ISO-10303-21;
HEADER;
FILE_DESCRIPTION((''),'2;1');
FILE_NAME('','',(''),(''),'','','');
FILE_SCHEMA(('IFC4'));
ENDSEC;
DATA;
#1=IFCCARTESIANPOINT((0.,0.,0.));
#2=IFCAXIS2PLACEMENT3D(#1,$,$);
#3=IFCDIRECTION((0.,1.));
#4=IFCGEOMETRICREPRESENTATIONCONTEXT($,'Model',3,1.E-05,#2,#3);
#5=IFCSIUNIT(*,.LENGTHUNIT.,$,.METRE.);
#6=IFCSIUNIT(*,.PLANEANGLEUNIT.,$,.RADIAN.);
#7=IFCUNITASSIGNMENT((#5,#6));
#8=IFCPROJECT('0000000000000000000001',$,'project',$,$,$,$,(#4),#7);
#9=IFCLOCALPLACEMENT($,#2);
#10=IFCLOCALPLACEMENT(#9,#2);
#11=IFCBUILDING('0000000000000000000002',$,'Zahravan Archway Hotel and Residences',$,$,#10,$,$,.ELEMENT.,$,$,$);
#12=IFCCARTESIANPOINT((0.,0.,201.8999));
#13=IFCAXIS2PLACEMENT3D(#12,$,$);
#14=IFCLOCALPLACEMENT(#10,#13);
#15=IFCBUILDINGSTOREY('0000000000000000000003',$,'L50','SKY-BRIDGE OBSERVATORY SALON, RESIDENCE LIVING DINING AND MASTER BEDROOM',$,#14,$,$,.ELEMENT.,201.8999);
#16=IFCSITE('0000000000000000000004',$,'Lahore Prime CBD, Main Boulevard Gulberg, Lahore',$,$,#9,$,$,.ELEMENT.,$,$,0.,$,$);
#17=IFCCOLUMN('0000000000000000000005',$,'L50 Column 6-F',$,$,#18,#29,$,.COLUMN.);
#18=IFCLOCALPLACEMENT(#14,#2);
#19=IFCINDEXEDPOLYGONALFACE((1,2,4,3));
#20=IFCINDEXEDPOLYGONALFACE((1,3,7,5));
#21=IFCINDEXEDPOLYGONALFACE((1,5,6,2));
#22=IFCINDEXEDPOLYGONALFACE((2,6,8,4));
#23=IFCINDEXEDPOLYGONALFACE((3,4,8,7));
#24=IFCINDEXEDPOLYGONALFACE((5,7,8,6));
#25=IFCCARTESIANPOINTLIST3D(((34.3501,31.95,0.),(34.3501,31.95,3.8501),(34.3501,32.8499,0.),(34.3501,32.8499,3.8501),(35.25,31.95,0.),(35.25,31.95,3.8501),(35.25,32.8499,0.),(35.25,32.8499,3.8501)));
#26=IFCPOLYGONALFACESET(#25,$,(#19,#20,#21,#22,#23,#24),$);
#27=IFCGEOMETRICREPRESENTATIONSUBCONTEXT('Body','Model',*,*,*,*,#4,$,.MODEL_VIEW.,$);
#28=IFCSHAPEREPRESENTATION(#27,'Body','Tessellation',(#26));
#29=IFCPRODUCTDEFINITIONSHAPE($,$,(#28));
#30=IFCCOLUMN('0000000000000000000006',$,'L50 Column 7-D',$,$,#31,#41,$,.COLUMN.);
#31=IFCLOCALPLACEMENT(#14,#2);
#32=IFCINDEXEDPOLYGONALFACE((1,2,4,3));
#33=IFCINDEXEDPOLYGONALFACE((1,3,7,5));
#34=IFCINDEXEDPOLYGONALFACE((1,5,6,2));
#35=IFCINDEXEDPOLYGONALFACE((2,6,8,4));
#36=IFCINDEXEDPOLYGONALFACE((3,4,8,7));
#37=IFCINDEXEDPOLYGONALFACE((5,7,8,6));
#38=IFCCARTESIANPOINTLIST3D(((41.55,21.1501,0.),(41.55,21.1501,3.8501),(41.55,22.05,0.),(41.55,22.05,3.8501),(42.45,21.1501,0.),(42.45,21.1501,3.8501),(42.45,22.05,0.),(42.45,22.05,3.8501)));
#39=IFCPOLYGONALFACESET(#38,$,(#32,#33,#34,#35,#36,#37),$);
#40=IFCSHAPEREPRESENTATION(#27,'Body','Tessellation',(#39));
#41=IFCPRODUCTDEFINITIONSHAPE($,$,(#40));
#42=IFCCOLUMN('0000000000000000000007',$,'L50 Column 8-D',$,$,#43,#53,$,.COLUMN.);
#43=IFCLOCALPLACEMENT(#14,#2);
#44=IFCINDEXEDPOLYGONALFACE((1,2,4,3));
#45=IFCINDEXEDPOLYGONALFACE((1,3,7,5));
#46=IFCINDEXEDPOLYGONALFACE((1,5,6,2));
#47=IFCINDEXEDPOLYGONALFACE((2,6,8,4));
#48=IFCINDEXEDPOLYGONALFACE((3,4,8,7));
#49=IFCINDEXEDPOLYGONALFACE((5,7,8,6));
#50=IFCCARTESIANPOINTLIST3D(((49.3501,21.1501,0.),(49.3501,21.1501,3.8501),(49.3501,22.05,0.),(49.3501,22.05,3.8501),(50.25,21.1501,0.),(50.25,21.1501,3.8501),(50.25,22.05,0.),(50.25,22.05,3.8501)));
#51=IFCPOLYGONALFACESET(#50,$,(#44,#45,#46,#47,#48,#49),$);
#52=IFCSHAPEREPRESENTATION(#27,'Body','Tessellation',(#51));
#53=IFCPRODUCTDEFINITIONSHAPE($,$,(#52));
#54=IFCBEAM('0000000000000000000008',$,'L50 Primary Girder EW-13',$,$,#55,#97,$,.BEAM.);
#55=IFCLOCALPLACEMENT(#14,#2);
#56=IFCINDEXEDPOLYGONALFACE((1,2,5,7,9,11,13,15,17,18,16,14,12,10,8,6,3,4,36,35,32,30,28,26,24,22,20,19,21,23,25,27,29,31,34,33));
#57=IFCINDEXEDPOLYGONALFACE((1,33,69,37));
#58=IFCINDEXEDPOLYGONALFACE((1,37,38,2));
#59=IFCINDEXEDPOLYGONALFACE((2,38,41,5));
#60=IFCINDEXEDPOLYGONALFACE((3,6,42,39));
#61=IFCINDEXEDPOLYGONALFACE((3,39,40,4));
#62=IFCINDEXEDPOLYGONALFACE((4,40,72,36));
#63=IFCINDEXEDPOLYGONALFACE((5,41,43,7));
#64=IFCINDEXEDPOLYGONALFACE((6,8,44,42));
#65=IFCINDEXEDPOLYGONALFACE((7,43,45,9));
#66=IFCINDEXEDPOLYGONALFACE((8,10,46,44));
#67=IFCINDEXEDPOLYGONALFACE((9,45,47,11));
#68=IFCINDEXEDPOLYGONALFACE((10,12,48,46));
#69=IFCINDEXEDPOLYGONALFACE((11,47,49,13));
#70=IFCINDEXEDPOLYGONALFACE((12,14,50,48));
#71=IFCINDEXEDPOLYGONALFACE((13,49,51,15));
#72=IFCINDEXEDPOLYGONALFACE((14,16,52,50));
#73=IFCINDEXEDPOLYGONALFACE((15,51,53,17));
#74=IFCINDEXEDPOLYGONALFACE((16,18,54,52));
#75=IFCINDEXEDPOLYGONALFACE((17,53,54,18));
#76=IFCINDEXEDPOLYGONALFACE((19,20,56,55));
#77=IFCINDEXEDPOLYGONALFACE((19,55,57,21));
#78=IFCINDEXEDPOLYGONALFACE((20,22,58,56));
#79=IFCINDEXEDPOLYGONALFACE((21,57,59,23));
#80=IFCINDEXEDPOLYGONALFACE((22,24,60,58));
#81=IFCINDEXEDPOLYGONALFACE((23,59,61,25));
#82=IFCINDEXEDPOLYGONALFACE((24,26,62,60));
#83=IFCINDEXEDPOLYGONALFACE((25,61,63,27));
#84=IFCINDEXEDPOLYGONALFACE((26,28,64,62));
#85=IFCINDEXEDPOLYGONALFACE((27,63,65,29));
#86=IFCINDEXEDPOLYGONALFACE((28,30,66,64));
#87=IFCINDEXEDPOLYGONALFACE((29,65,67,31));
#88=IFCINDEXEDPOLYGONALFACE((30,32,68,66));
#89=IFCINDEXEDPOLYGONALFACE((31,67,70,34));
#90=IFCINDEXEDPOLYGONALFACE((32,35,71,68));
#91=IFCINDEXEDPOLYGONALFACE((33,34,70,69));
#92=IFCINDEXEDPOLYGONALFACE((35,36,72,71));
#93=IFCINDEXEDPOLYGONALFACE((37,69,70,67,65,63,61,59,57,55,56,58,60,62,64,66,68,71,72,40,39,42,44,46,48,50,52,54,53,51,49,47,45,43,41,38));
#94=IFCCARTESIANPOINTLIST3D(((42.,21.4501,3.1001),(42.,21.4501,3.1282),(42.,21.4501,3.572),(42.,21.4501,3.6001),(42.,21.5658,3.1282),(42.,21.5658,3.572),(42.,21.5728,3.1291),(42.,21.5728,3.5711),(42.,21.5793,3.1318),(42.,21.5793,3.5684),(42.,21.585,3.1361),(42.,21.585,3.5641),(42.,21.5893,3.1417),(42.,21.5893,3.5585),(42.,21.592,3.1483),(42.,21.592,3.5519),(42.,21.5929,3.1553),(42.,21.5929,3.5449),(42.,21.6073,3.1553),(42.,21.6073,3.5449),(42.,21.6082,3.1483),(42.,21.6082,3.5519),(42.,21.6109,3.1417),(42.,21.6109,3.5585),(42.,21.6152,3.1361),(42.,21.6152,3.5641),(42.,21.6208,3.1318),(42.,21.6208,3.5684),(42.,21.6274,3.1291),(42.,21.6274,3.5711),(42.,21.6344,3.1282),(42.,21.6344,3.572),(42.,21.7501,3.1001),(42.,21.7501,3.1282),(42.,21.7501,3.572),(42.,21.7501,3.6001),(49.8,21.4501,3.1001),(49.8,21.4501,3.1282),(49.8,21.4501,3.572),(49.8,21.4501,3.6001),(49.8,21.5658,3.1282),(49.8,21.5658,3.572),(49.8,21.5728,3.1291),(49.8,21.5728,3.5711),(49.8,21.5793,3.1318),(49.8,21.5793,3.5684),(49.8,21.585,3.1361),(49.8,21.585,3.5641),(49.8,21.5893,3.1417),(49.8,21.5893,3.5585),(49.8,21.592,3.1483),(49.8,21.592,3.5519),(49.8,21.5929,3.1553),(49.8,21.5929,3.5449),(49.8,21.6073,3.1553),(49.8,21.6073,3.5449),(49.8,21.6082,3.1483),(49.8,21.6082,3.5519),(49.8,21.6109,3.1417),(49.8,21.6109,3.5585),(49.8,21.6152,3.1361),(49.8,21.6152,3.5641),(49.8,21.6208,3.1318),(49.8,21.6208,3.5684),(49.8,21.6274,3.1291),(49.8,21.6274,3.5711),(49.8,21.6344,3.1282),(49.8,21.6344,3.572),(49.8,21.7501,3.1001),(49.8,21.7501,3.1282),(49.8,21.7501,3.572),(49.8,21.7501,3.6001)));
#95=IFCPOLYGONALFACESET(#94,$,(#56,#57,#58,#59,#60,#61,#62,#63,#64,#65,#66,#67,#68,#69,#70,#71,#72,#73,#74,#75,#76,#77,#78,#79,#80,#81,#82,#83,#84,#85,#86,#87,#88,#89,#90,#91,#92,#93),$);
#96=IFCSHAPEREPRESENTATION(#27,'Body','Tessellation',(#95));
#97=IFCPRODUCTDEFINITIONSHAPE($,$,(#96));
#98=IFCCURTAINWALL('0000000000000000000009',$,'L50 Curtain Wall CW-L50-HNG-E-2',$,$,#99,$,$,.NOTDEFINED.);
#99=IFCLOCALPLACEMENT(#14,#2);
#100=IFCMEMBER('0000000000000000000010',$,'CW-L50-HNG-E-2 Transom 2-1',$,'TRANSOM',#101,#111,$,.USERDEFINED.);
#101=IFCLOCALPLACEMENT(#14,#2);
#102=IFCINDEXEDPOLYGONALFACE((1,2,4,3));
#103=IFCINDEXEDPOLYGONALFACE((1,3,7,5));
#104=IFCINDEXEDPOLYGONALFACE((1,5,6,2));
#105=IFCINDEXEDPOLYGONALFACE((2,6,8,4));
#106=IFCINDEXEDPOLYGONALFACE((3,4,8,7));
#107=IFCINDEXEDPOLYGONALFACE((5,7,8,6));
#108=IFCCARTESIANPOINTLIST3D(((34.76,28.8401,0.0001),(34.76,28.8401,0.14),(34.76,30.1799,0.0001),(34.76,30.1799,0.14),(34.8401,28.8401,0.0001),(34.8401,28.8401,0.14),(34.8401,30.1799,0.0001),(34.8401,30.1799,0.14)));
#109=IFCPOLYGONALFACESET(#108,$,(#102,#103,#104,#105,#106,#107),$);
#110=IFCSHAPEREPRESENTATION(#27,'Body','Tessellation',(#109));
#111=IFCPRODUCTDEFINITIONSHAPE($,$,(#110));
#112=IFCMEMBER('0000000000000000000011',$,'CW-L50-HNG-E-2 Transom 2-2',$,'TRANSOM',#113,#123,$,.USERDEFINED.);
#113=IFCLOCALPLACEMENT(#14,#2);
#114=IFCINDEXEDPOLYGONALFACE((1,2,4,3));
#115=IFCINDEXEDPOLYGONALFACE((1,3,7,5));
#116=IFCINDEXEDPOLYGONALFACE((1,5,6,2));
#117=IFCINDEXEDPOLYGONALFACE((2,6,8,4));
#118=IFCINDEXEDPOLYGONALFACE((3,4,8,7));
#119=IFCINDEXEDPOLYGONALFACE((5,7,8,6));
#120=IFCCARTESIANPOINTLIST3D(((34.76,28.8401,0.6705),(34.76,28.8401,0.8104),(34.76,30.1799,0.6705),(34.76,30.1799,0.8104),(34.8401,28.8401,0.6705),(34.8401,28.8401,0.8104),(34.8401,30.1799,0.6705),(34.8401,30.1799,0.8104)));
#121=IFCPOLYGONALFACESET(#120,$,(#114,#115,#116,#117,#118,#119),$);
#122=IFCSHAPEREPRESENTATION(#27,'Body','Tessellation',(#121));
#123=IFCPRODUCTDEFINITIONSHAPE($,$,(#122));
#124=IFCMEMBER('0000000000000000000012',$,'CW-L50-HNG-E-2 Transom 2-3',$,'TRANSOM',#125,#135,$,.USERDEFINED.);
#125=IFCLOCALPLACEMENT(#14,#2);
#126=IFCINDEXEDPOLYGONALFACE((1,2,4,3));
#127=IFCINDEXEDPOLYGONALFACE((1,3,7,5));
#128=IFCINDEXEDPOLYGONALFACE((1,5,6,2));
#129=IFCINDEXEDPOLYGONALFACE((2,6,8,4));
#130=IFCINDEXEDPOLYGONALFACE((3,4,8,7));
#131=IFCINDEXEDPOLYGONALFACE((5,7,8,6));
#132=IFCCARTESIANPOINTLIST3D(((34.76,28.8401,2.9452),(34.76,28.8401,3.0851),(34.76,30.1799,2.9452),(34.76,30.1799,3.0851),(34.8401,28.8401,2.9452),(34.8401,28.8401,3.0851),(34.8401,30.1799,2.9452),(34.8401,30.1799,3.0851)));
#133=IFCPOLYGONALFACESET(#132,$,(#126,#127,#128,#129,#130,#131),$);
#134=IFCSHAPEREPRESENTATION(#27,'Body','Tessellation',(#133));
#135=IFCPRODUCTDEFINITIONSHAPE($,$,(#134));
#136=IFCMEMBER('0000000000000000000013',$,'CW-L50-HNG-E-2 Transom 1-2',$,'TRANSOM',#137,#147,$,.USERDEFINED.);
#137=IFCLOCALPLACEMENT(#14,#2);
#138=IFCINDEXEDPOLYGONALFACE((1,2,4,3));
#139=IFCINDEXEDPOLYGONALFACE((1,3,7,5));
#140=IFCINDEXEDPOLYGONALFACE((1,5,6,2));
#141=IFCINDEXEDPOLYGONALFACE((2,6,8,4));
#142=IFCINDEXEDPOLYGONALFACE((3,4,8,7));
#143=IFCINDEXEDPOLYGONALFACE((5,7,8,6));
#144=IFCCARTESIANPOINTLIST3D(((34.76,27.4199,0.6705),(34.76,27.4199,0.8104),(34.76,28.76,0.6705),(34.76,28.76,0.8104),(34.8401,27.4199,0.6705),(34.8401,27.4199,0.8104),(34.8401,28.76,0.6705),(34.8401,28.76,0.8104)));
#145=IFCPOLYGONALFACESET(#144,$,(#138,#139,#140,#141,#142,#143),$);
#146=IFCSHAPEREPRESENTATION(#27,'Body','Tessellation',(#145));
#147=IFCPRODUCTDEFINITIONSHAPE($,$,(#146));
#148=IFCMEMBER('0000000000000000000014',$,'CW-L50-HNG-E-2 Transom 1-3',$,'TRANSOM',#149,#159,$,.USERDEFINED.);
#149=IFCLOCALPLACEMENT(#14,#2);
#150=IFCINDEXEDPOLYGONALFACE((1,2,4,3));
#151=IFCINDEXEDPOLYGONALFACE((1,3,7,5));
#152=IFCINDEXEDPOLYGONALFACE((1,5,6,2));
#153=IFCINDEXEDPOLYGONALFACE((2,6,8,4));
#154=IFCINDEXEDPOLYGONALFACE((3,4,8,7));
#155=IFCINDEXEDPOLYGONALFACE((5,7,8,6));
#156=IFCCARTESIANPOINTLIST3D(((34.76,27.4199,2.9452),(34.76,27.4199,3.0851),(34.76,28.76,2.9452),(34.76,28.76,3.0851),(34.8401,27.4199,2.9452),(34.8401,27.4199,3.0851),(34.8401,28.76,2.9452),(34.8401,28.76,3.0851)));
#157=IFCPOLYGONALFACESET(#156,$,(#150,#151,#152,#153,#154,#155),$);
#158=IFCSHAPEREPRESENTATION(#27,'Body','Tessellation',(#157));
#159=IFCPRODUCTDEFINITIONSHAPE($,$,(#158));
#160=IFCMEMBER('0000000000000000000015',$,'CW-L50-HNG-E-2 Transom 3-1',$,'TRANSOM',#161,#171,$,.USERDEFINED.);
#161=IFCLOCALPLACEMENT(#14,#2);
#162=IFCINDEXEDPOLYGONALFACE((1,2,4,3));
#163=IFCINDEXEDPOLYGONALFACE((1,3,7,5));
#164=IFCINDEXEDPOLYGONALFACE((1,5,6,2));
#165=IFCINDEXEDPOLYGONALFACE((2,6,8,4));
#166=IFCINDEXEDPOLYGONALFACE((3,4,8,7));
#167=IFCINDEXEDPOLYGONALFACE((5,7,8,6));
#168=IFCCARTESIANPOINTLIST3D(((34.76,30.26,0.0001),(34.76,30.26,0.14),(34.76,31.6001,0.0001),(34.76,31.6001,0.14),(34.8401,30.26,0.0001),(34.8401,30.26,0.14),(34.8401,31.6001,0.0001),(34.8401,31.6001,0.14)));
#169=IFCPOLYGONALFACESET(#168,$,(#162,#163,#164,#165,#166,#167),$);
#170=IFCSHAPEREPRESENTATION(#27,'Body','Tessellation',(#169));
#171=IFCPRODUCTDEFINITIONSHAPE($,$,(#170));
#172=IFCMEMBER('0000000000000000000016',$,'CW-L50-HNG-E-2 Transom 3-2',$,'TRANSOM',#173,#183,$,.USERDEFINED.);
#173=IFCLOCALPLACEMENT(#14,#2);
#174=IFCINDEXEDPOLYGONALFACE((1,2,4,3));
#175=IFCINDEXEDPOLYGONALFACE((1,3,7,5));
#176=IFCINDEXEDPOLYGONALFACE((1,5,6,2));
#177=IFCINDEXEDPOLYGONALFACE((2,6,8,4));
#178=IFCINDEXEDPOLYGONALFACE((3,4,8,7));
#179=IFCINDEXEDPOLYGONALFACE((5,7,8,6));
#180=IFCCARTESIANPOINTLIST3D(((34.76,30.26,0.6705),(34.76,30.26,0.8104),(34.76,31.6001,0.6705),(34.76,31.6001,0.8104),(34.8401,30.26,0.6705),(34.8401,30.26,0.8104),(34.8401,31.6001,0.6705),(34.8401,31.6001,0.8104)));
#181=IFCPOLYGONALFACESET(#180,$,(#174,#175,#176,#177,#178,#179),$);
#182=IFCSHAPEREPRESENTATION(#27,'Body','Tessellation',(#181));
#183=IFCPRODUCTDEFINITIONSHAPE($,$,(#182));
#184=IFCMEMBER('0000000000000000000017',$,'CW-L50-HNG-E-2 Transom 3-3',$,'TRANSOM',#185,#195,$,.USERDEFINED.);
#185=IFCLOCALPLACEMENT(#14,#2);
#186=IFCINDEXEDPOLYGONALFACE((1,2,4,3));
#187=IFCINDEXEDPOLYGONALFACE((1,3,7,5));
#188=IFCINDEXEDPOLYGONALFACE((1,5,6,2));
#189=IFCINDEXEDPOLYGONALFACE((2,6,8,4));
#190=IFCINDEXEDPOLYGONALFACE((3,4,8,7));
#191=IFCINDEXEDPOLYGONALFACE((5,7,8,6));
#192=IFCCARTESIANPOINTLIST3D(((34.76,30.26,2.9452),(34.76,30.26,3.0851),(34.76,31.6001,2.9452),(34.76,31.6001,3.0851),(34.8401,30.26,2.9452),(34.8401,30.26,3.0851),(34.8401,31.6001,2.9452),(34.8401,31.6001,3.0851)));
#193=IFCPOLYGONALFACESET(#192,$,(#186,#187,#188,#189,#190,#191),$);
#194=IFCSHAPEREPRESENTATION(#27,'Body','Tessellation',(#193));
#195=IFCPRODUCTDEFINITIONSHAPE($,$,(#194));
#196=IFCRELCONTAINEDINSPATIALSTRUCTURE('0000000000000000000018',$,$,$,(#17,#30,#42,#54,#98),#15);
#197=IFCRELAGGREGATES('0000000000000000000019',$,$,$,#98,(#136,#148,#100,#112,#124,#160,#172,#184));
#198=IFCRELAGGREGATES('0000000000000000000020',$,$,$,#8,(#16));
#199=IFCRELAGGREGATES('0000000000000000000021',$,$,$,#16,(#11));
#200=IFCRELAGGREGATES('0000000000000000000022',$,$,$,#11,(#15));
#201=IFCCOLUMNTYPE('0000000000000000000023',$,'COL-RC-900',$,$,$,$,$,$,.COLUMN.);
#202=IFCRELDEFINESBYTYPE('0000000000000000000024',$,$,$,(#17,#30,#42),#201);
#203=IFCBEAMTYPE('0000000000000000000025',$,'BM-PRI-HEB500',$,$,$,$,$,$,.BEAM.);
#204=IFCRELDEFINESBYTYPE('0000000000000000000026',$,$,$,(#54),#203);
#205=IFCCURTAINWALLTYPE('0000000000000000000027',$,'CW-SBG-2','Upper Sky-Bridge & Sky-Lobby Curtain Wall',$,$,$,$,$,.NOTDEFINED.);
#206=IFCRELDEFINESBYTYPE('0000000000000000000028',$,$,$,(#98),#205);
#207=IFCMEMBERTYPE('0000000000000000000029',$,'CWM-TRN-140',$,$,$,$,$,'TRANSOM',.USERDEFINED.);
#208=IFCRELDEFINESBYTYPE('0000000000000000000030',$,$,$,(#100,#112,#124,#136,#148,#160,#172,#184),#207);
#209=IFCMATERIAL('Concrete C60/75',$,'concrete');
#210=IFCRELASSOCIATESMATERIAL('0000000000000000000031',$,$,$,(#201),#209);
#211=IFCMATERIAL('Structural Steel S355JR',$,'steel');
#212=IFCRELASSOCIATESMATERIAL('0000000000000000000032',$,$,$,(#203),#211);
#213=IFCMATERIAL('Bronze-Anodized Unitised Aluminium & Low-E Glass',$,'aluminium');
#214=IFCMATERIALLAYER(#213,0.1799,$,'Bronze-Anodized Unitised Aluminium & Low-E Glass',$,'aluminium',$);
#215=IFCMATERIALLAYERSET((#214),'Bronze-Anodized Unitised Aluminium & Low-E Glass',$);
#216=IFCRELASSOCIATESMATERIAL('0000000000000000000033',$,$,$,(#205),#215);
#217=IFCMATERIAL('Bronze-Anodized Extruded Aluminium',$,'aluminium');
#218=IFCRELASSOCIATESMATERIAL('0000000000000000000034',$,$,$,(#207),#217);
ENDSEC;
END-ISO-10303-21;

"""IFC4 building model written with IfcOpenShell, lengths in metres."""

from ifc_helpers import new_model, si_unit, direction, frame, origin, origin_2d, place, context, subcontext, project, spatial, rectangle, i_section, extrude, source, transform, mapped, material, layer, layer_set, material_profile, profile_set, type_object, type_shapes, element, aggregate, save


model = new_model("IFC4")

# Units and contexts
model_context = context("Model", 3, precision=1e-05, world=origin(), true_north=direction((0.0, 1.0)))
body_context = subcontext(model_context, "Body", "Model", "MODEL_VIEW")
ifc_project = project(units=[si_unit("LENGTHUNIT", "METRE"), si_unit("PLANEANGLEUNIT", "RADIAN")], contexts=[model_context])

# Site, building, storey
site_placement = place(None, origin())
site = spatial("IfcSite", under=ifc_project, at=site_placement, Name="Lahore Prime CBD, Main Boulevard Gulberg, Lahore", CompositionType="ELEMENT", RefElevation=0.0)
building_placement = place(site_placement, origin())
building = spatial("IfcBuilding", under=site, at=building_placement, Name="Zahravan Archway Hotel and Residences", CompositionType="ELEMENT")
storey_placement = place(building_placement, frame((0.0, 0.0, 201.8999)))
storey = spatial("IfcBuildingStorey", under=building, at=storey_placement, Name="L50", Description="SKY-BRIDGE OBSERVATORY SALON, RESIDENCE LIVING DINING AND MASTER BEDROOM", CompositionType="ELEMENT", Elevation=201.8999)

# Columns
ifc_material_1 = material(Name="Concrete C60/75", Category="concrete")
ifc_material_profile_1 = material_profile(ifc_material_1, rectangle(XDim=0.8999, YDim=0.8999, at=origin_2d()), Name="RC-COL-900x900", Category="concrete")
ifc_profile_set_1 = profile_set([ifc_material_profile_1], Name="Concrete C60/75")
column_type = type_object("IfcColumnType", Name="COL-RC-900", PredefinedType="COLUMN", material=ifc_profile_set_1)
shared_shape_1 = source(origin(), body_context, "Body", "SweptSolid", [
    extrude(rectangle(XDim=0.8999, YDim=0.8999, at=origin_2d()), origin(), (0.0, 0.0, 1.0), 3.8501),
])
type_shapes(column_type, [shared_shape_1])
for number, where, z_axis, x_axis, name in (
    (1, (34.8, 32.3999, 0.0), (0.0, 0.0, 1.0), (1.0, 0.0, 0.0), "L50 Column 6-F"),
    (2, (42.0, 21.6001, 0.0), (0.0, 0.0, 1.0), (1.0, 0.0, 0.0), "L50 Column 7-D"),
    (3, (49.8, 21.6001, 0.0), (0.0, 0.0, 1.0), (1.0, 0.0, 0.0), "L50 Column 8-D"),
):
    element("IfcColumn", number, at=place(storey_placement, frame(where, z_axis=z_axis, x_axis=x_axis)), inside=storey, type_object=column_type, Name=name, PredefinedType="COLUMN", context=body_context, shape_type="MappedRepresentation", body=[
        mapped(shared_shape_1, transform((0.0, 0.0, 0.0), scale=1.0)),
    ])

# Beam
ifc_material_2 = material(Name="Structural Steel S355JR", Category="steel")
ifc_material_profile_2 = material_profile(ifc_material_2, i_section(OverallWidth=0.3, OverallDepth=0.5, WebThickness=0.0144, FlangeThickness=0.0281, FilletRadius=0.0271, at=origin_2d()), Name="HEB 500", Category="steel")
ifc_profile_set_2 = profile_set([ifc_material_profile_2], Name="Structural Steel S355JR")
beam_type = type_object("IfcBeamType", Name="BM-PRI-HEB500", PredefinedType="BEAM", material=ifc_profile_set_2)
shared_shape_2 = source(origin(), body_context, "Body", "SweptSolid", [
    extrude(i_section(OverallWidth=0.3, OverallDepth=0.5, WebThickness=0.0144, FlangeThickness=0.0281, FilletRadius=0.0271, at=origin_2d()), origin(), (0.0, 0.0, 1.0), 7.8),
])
beam_placement = place(storey_placement, frame((42.0, 21.6001, 3.3501), z_axis=(1.0, 0.0, 0.0), x_axis=(0.0, 1.0, 0.0)))
element("IfcBeam", 4, at=beam_placement, inside=storey, type_object=beam_type, Name="L50 Primary Girder EW-13", PredefinedType="BEAM", context=body_context, shape_type="MappedRepresentation", body=[
    mapped(shared_shape_2, transform((0.0, 0.0, 0.0), scale=1.0)),
])

# Curtain wall, members
ifc_material_3 = material(Name="Bronze-Anodized Unitised Aluminium & Low-E Glass", Category="aluminium")
ifc_layer_1 = layer(ifc_material_3, 0.1799, Name="Bronze-Anodized Unitised Aluminium & Low-E Glass", Category="aluminium")
ifc_layer_set_1 = layer_set([ifc_layer_1], Name="Bronze-Anodized Unitised Aluminium & Low-E Glass")
curtain_wall_type = type_object("IfcCurtainWallType", Name="CW-SBG-2", Description="Upper Sky-Bridge & Sky-Lobby Curtain Wall", PredefinedType="NOTDEFINED", material=ifc_layer_set_1)
curtain_wall_placement = place(storey_placement, origin())
curtain_wall = element("IfcCurtainWall", 5, at=curtain_wall_placement, inside=storey, type_object=curtain_wall_type, Name="L50 Curtain Wall CW-L50-HNG-E-2", PredefinedType="NOTDEFINED")
ifc_material_4 = material(Name="Bronze-Anodized Extruded Aluminium", Category="aluminium")
ifc_material_profile_3 = material_profile(ifc_material_4, rectangle(XDim=0.0801, YDim=0.1399, at=origin_2d()), Name="TRN 80x140", Category="aluminium")
ifc_profile_set_3 = profile_set([ifc_material_profile_3], Name="Bronze-Anodized Extruded Aluminium")
member_type_1 = type_object("IfcMemberType", Name="CWM-TRN-140", ElementType="TRANSOM", PredefinedType="USERDEFINED", material=ifc_profile_set_3)
shared_shape_3 = source(origin(), body_context, "Body", "SweptSolid", [
    extrude(rectangle(XDim=0.0801, YDim=0.1399, at=origin_2d()), origin(), (0.0, 0.0, 1.0), 1.3398),
])
member_1_placement = place(storey_placement, frame((34.8, 28.8401, 0.0701), z_axis=(0.0, 1.0, 0.0), x_axis=(-1.0, 0.0, 0.0)))
member_1 = element("IfcMember", 6, at=member_1_placement, type_object=member_type_1, Name="CW-L50-HNG-E-2 Transom 2-1", ObjectType="TRANSOM", PredefinedType="USERDEFINED", context=body_context, shape_type="MappedRepresentation", body=[
    mapped(shared_shape_3, transform((0.0, 0.0, 0.0), scale=1.0)),
])
member_2_placement = place(storey_placement, frame((34.8, 28.8401, 0.7405), z_axis=(0.0, 1.0, 0.0), x_axis=(-1.0, 0.0, 0.0)))
member_2 = element("IfcMember", 7, at=member_2_placement, type_object=member_type_1, Name="CW-L50-HNG-E-2 Transom 2-2", ObjectType="TRANSOM", PredefinedType="USERDEFINED", context=body_context, shape_type="MappedRepresentation", body=[
    mapped(shared_shape_3, transform((0.0, 0.0, 0.0), scale=1.0)),
])
member_3_placement = place(storey_placement, frame((34.8, 28.8401, 3.0151), z_axis=(0.0, 1.0, 0.0), x_axis=(-1.0, 0.0, 0.0)))
member_3 = element("IfcMember", 8, at=member_3_placement, type_object=member_type_1, Name="CW-L50-HNG-E-2 Transom 2-3", ObjectType="TRANSOM", PredefinedType="USERDEFINED", context=body_context, shape_type="MappedRepresentation", body=[
    mapped(shared_shape_3, transform((0.0, 0.0, 0.0), scale=1.0)),
])
shared_shape_4 = source(origin(), body_context, "Body", "SweptSolid", [
    extrude(rectangle(XDim=0.0801, YDim=0.1399, at=origin_2d()), origin(), (0.0, 0.0, 1.0), 1.3401),
])
member_4_placement = place(storey_placement, frame((34.8, 27.4199, 0.7405), z_axis=(0.0, 1.0, 0.0), x_axis=(-1.0, 0.0, 0.0)))
member_4 = element("IfcMember", 9, at=member_4_placement, type_object=member_type_1, Name="CW-L50-HNG-E-2 Transom 1-2", ObjectType="TRANSOM", PredefinedType="USERDEFINED", context=body_context, shape_type="MappedRepresentation", body=[
    mapped(shared_shape_4, transform((0.0, 0.0, 0.0), scale=1.0)),
])
member_5_placement = place(storey_placement, frame((34.8, 27.4199, 3.0151), z_axis=(0.0, 1.0, 0.0), x_axis=(-1.0, 0.0, 0.0)))
member_5 = element("IfcMember", 10, at=member_5_placement, type_object=member_type_1, Name="CW-L50-HNG-E-2 Transom 1-3", ObjectType="TRANSOM", PredefinedType="USERDEFINED", context=body_context, shape_type="MappedRepresentation", body=[
    mapped(shared_shape_4, transform((0.0, 0.0, 0.0), scale=1.0)),
])
member_6_placement = place(storey_placement, frame((34.8, 30.26, 0.0701), z_axis=(0.0, 1.0, 0.0), x_axis=(-1.0, 0.0, 0.0)))
member_6 = element("IfcMember", 11, at=member_6_placement, type_object=member_type_1, Name="CW-L50-HNG-E-2 Transom 3-1", ObjectType="TRANSOM", PredefinedType="USERDEFINED", context=body_context, shape_type="MappedRepresentation", body=[
    mapped(shared_shape_4, transform((0.0, 0.0, 0.0), scale=1.0)),
])
member_7_placement = place(storey_placement, frame((34.8, 30.26, 0.7405), z_axis=(0.0, 1.0, 0.0), x_axis=(-1.0, 0.0, 0.0)))
member_7 = element("IfcMember", 12, at=member_7_placement, type_object=member_type_1, Name="CW-L50-HNG-E-2 Transom 3-2", ObjectType="TRANSOM", PredefinedType="USERDEFINED", context=body_context, shape_type="MappedRepresentation", body=[
    mapped(shared_shape_4, transform((0.0, 0.0, 0.0), scale=1.0)),
])
member_8_placement = place(storey_placement, frame((34.8, 30.26, 3.0151), z_axis=(0.0, 1.0, 0.0), x_axis=(-1.0, 0.0, 0.0)))
member_8 = element("IfcMember", 13, at=member_8_placement, type_object=member_type_1, Name="CW-L50-HNG-E-2 Transom 3-3", ObjectType="TRANSOM", PredefinedType="USERDEFINED", context=body_context, shape_type="MappedRepresentation", body=[
    mapped(shared_shape_4, transform((0.0, 0.0, 0.0), scale=1.0)),
])

aggregate(curtain_wall, [member_4, member_5, member_1, member_2, member_3, member_6, member_7, member_8])

save(model, "model.ifc")
